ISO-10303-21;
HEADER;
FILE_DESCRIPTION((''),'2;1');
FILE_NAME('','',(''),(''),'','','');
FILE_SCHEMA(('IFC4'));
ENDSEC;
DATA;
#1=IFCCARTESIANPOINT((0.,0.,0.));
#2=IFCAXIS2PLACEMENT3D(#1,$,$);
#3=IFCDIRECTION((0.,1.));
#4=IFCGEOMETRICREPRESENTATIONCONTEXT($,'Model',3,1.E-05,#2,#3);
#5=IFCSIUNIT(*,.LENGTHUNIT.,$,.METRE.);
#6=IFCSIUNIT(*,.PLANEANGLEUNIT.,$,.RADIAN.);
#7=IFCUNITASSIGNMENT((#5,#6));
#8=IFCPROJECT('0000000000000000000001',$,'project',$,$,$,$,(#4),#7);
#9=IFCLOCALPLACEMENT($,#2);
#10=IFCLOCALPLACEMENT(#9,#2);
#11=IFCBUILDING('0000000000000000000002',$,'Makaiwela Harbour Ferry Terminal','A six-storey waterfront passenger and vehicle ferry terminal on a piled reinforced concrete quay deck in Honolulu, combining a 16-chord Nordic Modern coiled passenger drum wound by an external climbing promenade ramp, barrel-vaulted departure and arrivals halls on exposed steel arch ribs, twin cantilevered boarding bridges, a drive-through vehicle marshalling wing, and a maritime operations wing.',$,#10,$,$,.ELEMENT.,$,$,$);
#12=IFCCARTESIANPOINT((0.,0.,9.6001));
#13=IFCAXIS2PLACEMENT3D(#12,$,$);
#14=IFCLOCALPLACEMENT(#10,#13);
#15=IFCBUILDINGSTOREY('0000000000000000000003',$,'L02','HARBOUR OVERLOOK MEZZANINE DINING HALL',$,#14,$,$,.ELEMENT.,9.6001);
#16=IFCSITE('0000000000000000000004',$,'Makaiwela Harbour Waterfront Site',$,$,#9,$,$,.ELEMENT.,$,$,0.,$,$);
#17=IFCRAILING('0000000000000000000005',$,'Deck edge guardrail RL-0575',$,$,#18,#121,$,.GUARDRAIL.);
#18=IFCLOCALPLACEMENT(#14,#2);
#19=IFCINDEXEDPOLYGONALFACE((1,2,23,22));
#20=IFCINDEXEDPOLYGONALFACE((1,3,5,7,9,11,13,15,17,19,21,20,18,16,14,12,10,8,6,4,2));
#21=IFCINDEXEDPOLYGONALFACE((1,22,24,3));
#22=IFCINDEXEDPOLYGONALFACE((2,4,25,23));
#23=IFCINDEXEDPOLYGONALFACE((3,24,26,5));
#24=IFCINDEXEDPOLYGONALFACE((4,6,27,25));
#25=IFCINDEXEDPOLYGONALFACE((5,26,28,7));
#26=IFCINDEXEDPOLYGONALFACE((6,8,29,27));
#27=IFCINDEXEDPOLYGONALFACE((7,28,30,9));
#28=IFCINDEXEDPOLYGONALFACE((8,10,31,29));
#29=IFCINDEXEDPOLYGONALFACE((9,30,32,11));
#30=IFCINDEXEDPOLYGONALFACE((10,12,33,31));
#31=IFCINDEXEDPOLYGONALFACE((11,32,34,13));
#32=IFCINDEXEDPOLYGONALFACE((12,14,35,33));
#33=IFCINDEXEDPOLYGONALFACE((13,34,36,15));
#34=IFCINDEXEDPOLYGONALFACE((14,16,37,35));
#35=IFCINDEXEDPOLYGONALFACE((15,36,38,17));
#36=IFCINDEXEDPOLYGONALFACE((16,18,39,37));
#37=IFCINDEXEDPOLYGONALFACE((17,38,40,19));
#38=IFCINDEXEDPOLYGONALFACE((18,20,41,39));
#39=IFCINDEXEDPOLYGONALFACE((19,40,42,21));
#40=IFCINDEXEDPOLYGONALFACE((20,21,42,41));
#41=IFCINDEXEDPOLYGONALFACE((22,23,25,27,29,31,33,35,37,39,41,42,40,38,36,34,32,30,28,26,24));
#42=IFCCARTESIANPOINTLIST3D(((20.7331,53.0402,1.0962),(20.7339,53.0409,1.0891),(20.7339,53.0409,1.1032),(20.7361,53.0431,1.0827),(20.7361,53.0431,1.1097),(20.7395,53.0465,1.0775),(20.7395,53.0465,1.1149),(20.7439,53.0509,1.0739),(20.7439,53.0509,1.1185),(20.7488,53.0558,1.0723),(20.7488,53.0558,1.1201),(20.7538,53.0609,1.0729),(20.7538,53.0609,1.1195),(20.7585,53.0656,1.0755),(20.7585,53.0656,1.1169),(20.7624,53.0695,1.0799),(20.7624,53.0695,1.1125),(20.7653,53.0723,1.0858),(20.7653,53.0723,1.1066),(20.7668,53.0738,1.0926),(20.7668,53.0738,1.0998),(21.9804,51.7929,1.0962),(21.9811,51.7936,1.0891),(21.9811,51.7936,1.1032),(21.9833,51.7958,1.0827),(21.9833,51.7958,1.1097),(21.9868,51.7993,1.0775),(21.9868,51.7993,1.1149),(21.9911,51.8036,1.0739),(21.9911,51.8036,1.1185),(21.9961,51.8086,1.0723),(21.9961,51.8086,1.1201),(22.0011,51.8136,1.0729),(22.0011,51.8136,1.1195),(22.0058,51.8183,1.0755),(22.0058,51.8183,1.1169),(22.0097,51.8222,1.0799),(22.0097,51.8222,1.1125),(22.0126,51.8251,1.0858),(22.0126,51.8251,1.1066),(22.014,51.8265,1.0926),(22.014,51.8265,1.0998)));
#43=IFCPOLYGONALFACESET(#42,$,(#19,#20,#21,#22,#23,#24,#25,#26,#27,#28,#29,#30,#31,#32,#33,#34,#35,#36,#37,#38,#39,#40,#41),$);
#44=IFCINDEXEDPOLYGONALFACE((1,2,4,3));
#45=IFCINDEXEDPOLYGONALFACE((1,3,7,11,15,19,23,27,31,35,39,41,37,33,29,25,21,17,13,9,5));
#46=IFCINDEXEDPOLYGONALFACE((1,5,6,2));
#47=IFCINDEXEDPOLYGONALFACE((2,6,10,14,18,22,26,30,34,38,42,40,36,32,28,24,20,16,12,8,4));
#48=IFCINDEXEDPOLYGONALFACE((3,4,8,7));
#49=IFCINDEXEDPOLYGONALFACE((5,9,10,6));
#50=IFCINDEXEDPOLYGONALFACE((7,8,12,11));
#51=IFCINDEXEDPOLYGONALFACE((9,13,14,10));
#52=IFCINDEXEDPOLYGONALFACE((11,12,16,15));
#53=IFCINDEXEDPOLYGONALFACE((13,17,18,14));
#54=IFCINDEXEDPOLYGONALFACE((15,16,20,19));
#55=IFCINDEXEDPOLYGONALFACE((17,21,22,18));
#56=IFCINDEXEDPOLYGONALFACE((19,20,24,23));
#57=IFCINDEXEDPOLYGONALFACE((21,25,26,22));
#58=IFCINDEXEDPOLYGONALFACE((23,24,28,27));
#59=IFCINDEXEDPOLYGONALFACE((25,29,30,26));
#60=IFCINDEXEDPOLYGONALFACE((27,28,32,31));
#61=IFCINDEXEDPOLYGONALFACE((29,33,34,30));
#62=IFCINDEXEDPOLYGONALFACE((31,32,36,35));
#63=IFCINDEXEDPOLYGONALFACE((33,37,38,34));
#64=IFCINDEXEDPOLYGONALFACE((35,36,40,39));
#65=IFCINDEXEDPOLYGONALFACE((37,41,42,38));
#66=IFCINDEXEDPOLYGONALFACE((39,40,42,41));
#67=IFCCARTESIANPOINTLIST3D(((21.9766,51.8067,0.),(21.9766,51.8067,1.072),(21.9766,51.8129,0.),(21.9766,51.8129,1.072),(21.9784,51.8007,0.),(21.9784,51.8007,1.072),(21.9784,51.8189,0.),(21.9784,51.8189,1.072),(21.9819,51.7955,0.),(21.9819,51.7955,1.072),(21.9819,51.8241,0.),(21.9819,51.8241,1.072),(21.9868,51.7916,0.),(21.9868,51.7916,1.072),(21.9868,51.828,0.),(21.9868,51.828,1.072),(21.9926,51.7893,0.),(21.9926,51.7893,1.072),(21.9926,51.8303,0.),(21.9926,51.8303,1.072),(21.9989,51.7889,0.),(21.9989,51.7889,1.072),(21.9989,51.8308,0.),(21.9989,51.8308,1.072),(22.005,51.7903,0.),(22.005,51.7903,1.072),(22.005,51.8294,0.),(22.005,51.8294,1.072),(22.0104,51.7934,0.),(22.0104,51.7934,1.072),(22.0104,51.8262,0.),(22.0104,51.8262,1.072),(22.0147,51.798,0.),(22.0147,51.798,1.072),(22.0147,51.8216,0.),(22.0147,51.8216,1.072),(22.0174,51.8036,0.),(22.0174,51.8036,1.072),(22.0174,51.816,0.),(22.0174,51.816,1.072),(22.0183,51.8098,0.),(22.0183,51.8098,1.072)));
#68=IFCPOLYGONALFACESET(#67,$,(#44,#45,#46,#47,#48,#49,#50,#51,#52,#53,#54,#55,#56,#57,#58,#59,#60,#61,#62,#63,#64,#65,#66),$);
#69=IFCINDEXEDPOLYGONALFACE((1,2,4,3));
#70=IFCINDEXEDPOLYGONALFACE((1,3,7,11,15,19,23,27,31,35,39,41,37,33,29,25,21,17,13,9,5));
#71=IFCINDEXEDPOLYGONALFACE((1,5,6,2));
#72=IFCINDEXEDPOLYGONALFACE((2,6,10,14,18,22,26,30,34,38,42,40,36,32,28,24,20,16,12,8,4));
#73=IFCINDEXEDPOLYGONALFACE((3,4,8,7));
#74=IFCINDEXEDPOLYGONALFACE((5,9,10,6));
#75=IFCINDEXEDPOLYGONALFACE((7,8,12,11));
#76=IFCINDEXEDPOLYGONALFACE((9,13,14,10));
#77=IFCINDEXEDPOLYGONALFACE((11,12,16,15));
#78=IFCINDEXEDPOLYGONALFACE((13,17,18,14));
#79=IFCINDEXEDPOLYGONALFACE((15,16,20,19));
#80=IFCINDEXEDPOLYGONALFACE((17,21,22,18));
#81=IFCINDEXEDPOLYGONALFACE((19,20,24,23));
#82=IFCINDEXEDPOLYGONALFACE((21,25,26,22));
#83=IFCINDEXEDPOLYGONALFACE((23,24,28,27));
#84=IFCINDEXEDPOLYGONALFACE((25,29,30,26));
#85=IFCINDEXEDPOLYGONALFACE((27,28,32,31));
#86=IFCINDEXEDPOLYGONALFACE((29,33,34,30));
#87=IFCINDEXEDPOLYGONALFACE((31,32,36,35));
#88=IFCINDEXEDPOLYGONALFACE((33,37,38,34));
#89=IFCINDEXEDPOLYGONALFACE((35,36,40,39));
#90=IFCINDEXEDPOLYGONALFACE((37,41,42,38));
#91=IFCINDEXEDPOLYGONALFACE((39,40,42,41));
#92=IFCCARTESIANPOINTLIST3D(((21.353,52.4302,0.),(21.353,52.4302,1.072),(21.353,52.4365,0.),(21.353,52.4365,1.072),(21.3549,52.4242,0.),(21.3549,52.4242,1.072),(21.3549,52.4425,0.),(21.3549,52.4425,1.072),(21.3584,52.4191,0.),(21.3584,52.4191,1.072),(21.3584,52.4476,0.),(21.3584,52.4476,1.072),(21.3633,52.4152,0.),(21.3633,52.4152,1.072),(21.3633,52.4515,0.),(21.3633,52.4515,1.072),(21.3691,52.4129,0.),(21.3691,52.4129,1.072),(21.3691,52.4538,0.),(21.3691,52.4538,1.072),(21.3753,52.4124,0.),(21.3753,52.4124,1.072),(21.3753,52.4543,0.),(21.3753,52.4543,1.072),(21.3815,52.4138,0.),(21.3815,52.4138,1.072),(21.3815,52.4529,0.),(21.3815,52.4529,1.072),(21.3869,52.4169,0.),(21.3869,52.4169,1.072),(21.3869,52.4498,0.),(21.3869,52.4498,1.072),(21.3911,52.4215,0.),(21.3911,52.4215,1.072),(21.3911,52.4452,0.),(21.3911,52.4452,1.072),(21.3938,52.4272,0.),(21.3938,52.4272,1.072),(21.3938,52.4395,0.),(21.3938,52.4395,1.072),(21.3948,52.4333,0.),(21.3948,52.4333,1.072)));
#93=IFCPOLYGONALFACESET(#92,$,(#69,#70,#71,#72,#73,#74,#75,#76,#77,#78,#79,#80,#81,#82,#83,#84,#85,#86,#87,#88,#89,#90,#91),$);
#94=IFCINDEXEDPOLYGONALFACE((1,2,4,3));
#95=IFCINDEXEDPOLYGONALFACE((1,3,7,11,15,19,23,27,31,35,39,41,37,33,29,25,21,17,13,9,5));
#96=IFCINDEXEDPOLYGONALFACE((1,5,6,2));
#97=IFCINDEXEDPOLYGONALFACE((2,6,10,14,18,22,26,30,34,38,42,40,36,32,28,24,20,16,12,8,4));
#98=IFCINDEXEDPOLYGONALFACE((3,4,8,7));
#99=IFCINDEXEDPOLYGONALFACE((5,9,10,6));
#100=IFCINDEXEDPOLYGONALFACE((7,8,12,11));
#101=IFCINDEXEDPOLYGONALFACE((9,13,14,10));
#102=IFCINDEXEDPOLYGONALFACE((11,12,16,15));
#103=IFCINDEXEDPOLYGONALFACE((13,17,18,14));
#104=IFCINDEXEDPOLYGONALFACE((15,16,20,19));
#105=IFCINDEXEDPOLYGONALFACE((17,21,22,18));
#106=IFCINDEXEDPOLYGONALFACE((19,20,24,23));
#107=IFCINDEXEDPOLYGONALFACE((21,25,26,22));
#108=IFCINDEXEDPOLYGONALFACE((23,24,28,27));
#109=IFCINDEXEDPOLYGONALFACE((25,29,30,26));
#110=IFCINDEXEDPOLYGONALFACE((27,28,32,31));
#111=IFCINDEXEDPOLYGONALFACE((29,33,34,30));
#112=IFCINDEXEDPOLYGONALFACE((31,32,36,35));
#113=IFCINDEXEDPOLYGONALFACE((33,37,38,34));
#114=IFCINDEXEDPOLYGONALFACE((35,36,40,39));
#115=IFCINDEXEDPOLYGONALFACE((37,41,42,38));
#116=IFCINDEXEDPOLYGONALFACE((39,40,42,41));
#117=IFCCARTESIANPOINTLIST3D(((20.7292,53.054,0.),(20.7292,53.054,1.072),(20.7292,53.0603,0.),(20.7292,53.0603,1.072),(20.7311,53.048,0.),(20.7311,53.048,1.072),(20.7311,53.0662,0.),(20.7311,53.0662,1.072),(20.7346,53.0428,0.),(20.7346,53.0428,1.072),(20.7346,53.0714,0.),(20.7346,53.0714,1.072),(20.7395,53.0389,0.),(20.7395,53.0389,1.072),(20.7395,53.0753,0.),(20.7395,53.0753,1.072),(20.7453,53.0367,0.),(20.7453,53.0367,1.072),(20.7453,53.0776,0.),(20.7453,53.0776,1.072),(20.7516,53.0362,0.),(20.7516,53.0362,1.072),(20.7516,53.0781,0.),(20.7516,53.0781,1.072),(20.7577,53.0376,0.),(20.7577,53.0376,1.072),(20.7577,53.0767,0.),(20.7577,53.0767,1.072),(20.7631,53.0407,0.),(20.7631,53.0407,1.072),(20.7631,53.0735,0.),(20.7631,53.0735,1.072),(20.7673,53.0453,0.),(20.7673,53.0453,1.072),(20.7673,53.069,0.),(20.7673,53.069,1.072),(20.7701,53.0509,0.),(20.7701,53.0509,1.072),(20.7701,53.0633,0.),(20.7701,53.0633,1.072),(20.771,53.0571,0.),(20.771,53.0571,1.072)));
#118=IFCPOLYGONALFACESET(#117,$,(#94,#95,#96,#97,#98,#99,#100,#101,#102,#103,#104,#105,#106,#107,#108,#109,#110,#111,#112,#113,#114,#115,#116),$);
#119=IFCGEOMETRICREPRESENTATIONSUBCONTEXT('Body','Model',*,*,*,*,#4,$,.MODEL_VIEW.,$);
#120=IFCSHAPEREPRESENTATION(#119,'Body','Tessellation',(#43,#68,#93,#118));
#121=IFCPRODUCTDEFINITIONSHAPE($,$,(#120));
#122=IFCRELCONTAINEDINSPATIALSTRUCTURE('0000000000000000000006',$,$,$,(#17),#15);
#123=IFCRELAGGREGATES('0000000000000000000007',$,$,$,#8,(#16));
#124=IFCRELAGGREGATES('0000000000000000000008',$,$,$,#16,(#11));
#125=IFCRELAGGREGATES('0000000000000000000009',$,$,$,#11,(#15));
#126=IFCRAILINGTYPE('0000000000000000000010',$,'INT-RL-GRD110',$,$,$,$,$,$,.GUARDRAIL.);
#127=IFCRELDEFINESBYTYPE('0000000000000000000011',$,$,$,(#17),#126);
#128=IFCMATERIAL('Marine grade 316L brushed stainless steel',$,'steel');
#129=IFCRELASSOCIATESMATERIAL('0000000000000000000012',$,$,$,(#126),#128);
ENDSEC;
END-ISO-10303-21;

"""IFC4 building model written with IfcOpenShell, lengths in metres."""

from ifc_helpers import new_model, si_unit, direction, frame, origin, origin_2d, place, context, subcontext, project, spatial, circle, extrude, material, type_object, element, save


model = new_model("IFC4")

# Units and contexts
model_context = context("Model", 3, precision=1e-05, world=origin(), true_north=direction((0.0, 1.0)))
body_context = subcontext(model_context, "Body", "Model", "MODEL_VIEW")
ifc_project = project(units=[si_unit("LENGTHUNIT", "METRE"), si_unit("PLANEANGLEUNIT", "RADIAN")], contexts=[model_context])

# Site, building, storey
site_placement = place(None, origin())
site = spatial("IfcSite", under=ifc_project, at=site_placement, Name="Makaiwela Harbour Waterfront Site", CompositionType="ELEMENT", RefElevation=0.0)
building_placement = place(site_placement, origin())
building = spatial("IfcBuilding", under=site, at=building_placement, Name="Makaiwela Harbour Ferry Terminal", Description="A six-storey waterfront passenger and vehicle ferry terminal on a piled reinforced concrete quay deck in Honolulu, combining a 16-chord Nordic Modern coiled passenger drum wound by an external climbing promenade ramp, barrel-vaulted departure and arrivals halls on exposed steel arch ribs, twin cantilevered boarding bridges, a drive-through vehicle marshalling wing, and a maritime operations wing.", CompositionType="ELEMENT")
storey_placement = place(building_placement, frame((0.0, 0.0, 9.6001)))
storey = spatial("IfcBuildingStorey", under=building, at=storey_placement, Name="L02", Description="HARBOUR OVERLOOK MEZZANINE DINING HALL", CompositionType="ELEMENT", Elevation=9.6001)

# Railing
ifc_material_1 = material(Name="Marine grade 316L brushed stainless steel", Category="steel")
railing_type = type_object("IfcRailingType", Name="INT-RL-GRD110", PredefinedType="GUARDRAIL", material=ifc_material_1)
railing_1_placement = place(storey_placement, frame((21.9973, 51.8098, 0.0)))
element("IfcRailing", 1, at=railing_1_placement, inside=storey, type_object=railing_type, Name="Deck edge guardrail RL-0575", PredefinedType="GUARDRAIL", context=body_context, shape_type="SweptSolid", body=[
    extrude(circle(Radius=0.0239, at=origin_2d()), frame((0.0, 0.0, 1.0962), z_axis=(-0.707107, 0.707107, 0.0), x_axis=(-0.707107, -0.707107, 0.0)), (0.0, 0.0, 1.0), 1.7639),
    extrude(circle(Radius=0.021, at=origin_2d()), origin(), (0.0, 0.0, 1.0), 1.072),
    extrude(circle(Radius=0.021, at=origin_2d()), frame((-0.6235, 0.6235, 0.0)), (0.0, 0.0, 1.0), 1.072),
    extrude(circle(Radius=0.021, at=origin_2d()), frame((-1.2473, 1.2473, 0.0)), (0.0, 0.0, 1.0), 1.072),
])

save(model, "model.ifc")
